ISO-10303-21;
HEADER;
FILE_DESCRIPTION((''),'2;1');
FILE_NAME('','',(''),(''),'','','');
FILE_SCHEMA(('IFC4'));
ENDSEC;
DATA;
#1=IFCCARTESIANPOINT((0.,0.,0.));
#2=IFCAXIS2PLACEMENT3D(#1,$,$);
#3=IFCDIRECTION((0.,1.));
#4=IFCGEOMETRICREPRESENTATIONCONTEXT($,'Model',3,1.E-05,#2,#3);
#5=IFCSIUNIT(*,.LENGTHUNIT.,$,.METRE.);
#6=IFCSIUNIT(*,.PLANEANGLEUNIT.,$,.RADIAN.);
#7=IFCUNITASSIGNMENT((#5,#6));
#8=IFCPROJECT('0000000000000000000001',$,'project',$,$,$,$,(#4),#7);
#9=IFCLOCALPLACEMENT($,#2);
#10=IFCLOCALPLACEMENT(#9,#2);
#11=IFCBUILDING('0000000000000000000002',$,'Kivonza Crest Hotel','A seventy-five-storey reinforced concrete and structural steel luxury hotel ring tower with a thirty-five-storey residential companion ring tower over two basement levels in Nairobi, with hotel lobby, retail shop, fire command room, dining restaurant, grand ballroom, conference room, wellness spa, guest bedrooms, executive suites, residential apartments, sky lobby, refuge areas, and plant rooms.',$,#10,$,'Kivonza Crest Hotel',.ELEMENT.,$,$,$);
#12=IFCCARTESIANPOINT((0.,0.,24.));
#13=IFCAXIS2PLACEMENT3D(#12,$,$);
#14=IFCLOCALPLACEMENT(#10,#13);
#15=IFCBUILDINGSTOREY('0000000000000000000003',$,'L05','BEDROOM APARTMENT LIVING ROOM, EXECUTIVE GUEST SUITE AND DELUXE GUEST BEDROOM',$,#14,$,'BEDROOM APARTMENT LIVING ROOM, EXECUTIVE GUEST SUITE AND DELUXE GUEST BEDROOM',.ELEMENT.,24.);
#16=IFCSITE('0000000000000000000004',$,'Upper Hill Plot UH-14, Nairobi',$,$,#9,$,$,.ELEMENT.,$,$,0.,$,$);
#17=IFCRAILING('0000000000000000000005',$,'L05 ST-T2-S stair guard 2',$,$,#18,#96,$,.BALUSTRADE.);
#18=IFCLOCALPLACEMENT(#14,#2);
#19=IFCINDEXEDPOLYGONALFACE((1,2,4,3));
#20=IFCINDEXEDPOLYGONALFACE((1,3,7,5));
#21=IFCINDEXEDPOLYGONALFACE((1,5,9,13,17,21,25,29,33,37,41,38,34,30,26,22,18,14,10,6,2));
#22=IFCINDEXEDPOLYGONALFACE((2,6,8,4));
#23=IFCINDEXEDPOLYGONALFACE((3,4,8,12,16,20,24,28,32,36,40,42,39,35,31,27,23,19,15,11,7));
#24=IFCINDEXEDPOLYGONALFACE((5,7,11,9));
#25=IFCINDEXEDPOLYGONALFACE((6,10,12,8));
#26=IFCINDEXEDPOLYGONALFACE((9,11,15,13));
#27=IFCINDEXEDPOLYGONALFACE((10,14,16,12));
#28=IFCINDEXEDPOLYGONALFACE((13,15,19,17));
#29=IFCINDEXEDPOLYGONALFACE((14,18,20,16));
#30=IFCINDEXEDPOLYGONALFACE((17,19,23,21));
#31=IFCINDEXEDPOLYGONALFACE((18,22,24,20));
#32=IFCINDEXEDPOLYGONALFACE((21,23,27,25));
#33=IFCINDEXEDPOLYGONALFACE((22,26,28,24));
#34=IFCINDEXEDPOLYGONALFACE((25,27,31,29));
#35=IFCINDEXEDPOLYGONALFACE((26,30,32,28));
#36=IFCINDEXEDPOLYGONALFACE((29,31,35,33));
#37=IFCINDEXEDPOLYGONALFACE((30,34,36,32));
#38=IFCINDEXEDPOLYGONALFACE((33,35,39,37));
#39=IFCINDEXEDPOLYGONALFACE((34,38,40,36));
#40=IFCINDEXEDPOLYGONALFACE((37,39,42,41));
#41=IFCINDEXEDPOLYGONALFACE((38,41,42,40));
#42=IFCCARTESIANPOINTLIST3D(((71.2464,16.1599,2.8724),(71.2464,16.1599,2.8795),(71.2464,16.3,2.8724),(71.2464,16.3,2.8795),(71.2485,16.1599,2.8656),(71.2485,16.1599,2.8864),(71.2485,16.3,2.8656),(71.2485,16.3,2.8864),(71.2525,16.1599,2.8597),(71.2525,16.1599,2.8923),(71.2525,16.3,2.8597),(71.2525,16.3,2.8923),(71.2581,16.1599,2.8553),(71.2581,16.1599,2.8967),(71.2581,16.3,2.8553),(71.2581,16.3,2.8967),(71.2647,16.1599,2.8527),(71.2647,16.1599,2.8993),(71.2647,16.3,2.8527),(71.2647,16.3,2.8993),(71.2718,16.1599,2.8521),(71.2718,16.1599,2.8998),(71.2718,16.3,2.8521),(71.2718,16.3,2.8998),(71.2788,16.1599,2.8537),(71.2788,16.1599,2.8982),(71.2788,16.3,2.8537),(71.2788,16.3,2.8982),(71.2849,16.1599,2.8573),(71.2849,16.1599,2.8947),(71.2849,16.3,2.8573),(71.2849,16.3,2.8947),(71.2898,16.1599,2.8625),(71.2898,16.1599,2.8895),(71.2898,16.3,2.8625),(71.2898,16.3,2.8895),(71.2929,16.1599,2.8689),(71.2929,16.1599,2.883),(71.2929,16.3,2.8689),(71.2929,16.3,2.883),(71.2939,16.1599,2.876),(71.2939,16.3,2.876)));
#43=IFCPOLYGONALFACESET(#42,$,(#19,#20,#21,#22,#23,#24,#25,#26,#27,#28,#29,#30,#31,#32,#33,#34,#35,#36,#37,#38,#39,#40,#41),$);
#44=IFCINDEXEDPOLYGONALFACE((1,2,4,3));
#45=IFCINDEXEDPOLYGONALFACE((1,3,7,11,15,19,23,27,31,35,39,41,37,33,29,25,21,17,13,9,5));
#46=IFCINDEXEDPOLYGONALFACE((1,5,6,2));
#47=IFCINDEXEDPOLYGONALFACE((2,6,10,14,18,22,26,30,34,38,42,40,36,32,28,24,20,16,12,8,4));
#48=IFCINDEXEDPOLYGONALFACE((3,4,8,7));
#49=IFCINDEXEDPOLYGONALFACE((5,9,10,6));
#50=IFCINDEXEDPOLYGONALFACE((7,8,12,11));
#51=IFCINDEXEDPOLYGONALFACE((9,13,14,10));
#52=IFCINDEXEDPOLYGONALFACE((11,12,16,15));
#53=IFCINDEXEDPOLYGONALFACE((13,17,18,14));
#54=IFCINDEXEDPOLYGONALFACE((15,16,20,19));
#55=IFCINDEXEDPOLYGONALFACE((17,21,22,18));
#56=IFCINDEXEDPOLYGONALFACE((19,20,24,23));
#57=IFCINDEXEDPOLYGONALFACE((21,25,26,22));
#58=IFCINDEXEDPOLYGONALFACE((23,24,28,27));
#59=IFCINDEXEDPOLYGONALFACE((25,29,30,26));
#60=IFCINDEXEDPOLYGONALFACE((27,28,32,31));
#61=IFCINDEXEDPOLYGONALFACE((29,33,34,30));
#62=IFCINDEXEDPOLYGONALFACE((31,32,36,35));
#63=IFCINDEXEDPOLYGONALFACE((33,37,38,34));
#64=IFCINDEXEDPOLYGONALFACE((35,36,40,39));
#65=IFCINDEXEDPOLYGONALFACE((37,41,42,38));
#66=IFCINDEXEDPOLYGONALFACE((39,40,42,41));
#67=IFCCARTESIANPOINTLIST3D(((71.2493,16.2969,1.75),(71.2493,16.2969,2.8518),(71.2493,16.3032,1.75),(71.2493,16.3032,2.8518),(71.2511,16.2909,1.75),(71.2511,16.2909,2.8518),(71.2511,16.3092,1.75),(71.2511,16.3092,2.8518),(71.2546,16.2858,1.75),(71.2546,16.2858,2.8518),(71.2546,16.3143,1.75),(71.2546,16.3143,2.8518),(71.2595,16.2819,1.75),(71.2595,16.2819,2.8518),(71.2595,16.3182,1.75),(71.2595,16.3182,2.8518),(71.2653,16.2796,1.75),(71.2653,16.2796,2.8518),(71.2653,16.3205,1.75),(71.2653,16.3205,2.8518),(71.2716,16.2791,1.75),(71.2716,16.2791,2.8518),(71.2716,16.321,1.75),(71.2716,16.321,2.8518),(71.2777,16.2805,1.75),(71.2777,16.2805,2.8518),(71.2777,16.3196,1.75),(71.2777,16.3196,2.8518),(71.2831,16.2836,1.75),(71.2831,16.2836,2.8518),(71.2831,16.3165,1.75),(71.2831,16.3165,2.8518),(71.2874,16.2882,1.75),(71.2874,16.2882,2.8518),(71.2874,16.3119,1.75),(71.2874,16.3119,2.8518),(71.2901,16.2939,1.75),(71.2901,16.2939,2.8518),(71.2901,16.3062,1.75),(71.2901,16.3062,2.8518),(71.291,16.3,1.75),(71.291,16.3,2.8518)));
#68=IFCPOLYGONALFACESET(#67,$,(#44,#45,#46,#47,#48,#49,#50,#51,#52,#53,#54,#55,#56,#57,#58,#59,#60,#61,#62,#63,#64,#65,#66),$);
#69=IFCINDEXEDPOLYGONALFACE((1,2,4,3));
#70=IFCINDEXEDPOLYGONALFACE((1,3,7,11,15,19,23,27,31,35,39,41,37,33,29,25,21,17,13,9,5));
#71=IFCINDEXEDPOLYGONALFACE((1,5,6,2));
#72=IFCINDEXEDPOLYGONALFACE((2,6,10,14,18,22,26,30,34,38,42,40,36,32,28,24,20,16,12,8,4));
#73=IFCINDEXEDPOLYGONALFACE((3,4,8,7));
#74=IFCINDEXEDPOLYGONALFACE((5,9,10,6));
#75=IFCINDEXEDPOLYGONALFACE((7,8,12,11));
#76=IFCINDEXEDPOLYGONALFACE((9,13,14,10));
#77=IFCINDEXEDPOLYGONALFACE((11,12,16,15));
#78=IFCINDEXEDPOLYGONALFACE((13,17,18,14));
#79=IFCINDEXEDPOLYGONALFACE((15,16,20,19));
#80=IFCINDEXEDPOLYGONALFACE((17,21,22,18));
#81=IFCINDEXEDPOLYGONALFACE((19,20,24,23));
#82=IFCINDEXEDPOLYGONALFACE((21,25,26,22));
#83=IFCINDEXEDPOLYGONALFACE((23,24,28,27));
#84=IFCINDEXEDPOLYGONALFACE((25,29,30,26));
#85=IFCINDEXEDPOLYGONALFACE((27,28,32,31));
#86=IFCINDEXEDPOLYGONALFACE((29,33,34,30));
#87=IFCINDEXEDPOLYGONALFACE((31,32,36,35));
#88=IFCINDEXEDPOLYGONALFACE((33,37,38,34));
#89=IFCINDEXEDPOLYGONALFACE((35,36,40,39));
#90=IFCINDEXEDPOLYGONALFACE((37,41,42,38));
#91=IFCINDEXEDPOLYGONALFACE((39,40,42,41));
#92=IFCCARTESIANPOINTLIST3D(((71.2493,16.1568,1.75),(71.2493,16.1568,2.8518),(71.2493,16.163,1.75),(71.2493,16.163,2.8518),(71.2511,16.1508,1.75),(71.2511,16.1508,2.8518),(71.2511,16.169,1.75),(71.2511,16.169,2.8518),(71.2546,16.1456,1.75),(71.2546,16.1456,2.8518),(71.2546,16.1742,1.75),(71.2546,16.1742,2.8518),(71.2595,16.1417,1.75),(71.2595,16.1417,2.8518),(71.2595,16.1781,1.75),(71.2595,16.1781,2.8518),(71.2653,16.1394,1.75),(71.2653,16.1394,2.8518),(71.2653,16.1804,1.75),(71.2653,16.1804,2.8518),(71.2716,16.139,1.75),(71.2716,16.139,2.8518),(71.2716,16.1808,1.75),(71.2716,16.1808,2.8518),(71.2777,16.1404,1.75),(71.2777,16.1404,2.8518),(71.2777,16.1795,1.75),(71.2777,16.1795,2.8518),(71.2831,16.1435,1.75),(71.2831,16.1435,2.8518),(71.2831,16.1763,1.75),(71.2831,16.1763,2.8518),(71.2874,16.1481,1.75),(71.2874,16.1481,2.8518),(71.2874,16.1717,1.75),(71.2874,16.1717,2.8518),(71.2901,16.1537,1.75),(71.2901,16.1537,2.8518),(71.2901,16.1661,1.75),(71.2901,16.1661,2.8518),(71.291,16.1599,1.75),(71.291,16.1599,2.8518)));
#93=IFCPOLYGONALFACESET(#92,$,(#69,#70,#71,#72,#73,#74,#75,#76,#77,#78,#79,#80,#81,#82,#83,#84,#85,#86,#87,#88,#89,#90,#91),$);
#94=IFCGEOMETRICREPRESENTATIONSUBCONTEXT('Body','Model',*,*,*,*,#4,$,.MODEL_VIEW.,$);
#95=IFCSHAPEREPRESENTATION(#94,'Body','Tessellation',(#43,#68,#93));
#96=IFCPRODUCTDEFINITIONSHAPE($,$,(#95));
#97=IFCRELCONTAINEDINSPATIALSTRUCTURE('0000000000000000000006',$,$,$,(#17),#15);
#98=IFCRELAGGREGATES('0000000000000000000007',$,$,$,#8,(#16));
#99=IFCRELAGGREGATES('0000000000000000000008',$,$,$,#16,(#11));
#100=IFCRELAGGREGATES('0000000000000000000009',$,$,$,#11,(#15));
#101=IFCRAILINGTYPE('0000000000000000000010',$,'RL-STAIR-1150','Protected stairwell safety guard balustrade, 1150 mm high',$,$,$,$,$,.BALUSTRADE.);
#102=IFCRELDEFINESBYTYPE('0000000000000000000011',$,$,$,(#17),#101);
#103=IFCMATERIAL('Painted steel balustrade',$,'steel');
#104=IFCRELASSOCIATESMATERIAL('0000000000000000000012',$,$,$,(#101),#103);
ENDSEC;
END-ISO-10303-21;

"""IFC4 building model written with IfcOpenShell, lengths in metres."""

from ifc_helpers import new_model, si_unit, direction, frame, origin, origin_2d, place, context, subcontext, project, spatial, circle, extrude, material, type_object, element, save


model = new_model("IFC4")

# Units and contexts
model_context = context("Model", 3, precision=1e-05, world=origin(), true_north=direction((0.0, 1.0)))
body_context = subcontext(model_context, "Body", "Model", "MODEL_VIEW")
ifc_project = project(units=[si_unit("LENGTHUNIT", "METRE"), si_unit("PLANEANGLEUNIT", "RADIAN")], contexts=[model_context])

# Site, building, storey
site_placement = place(None, origin())
site = spatial("IfcSite", under=ifc_project, at=site_placement, Name="Upper Hill Plot UH-14, Nairobi", CompositionType="ELEMENT", RefElevation=0.0)
building_placement = place(site_placement, origin())
building = spatial("IfcBuilding", under=site, at=building_placement, Name="Kivonza Crest Hotel", Description="A seventy-five-storey reinforced concrete and structural steel luxury hotel ring tower with a thirty-five-storey residential companion ring tower over two basement levels in Nairobi, with hotel lobby, retail shop, fire command room, dining restaurant, grand ballroom, conference room, wellness spa, guest bedrooms, executive suites, residential apartments, sky lobby, refuge areas, and plant rooms.", LongName="Kivonza Crest Hotel", CompositionType="ELEMENT")
storey_placement = place(building_placement, frame((0.0, 0.0, 24.0)))
storey = spatial("IfcBuildingStorey", under=building, at=storey_placement, Name="L05", Description="BEDROOM APARTMENT LIVING ROOM, EXECUTIVE GUEST SUITE AND DELUXE GUEST BEDROOM", LongName="BEDROOM APARTMENT LIVING ROOM, EXECUTIVE GUEST SUITE AND DELUXE GUEST BEDROOM", CompositionType="ELEMENT", Elevation=24.0)

# Railing
ifc_material_1 = material(Name="Painted steel balustrade", Category="steel")
railing_type_1 = type_object("IfcRailingType", Name="RL-STAIR-1150", Description="Protected stairwell safety guard balustrade, 1150 mm high", PredefinedType="BALUSTRADE", material=ifc_material_1)
railing_1_placement = place(storey_placement, frame((71.27, 16.3, 1.75)))
element("IfcRailing", 1, at=railing_1_placement, inside=storey, type_object=railing_type_1, Name="L05 ST-T2-S stair guard 2", PredefinedType="BALUSTRADE", context=body_context, shape_type="SweptSolid", body=[
    extrude(circle(Radius=0.0239, at=origin_2d()), frame((0.0, 0.0, 1.126), z_axis=(0.0, -1.0, 0.0), x_axis=(1.0, 0.0, 0.0)), (0.0, 0.0, 1.0), 0.1401),
    extrude(circle(Radius=0.021, at=origin_2d()), origin(), (0.0, 0.0, 1.0), 1.1018),
    extrude(circle(Radius=0.021, at=origin_2d()), frame((0.0, -0.1401, 0.0)), (0.0, 0.0, 1.0), 1.1018),
])

save(model, "model.ifc")
